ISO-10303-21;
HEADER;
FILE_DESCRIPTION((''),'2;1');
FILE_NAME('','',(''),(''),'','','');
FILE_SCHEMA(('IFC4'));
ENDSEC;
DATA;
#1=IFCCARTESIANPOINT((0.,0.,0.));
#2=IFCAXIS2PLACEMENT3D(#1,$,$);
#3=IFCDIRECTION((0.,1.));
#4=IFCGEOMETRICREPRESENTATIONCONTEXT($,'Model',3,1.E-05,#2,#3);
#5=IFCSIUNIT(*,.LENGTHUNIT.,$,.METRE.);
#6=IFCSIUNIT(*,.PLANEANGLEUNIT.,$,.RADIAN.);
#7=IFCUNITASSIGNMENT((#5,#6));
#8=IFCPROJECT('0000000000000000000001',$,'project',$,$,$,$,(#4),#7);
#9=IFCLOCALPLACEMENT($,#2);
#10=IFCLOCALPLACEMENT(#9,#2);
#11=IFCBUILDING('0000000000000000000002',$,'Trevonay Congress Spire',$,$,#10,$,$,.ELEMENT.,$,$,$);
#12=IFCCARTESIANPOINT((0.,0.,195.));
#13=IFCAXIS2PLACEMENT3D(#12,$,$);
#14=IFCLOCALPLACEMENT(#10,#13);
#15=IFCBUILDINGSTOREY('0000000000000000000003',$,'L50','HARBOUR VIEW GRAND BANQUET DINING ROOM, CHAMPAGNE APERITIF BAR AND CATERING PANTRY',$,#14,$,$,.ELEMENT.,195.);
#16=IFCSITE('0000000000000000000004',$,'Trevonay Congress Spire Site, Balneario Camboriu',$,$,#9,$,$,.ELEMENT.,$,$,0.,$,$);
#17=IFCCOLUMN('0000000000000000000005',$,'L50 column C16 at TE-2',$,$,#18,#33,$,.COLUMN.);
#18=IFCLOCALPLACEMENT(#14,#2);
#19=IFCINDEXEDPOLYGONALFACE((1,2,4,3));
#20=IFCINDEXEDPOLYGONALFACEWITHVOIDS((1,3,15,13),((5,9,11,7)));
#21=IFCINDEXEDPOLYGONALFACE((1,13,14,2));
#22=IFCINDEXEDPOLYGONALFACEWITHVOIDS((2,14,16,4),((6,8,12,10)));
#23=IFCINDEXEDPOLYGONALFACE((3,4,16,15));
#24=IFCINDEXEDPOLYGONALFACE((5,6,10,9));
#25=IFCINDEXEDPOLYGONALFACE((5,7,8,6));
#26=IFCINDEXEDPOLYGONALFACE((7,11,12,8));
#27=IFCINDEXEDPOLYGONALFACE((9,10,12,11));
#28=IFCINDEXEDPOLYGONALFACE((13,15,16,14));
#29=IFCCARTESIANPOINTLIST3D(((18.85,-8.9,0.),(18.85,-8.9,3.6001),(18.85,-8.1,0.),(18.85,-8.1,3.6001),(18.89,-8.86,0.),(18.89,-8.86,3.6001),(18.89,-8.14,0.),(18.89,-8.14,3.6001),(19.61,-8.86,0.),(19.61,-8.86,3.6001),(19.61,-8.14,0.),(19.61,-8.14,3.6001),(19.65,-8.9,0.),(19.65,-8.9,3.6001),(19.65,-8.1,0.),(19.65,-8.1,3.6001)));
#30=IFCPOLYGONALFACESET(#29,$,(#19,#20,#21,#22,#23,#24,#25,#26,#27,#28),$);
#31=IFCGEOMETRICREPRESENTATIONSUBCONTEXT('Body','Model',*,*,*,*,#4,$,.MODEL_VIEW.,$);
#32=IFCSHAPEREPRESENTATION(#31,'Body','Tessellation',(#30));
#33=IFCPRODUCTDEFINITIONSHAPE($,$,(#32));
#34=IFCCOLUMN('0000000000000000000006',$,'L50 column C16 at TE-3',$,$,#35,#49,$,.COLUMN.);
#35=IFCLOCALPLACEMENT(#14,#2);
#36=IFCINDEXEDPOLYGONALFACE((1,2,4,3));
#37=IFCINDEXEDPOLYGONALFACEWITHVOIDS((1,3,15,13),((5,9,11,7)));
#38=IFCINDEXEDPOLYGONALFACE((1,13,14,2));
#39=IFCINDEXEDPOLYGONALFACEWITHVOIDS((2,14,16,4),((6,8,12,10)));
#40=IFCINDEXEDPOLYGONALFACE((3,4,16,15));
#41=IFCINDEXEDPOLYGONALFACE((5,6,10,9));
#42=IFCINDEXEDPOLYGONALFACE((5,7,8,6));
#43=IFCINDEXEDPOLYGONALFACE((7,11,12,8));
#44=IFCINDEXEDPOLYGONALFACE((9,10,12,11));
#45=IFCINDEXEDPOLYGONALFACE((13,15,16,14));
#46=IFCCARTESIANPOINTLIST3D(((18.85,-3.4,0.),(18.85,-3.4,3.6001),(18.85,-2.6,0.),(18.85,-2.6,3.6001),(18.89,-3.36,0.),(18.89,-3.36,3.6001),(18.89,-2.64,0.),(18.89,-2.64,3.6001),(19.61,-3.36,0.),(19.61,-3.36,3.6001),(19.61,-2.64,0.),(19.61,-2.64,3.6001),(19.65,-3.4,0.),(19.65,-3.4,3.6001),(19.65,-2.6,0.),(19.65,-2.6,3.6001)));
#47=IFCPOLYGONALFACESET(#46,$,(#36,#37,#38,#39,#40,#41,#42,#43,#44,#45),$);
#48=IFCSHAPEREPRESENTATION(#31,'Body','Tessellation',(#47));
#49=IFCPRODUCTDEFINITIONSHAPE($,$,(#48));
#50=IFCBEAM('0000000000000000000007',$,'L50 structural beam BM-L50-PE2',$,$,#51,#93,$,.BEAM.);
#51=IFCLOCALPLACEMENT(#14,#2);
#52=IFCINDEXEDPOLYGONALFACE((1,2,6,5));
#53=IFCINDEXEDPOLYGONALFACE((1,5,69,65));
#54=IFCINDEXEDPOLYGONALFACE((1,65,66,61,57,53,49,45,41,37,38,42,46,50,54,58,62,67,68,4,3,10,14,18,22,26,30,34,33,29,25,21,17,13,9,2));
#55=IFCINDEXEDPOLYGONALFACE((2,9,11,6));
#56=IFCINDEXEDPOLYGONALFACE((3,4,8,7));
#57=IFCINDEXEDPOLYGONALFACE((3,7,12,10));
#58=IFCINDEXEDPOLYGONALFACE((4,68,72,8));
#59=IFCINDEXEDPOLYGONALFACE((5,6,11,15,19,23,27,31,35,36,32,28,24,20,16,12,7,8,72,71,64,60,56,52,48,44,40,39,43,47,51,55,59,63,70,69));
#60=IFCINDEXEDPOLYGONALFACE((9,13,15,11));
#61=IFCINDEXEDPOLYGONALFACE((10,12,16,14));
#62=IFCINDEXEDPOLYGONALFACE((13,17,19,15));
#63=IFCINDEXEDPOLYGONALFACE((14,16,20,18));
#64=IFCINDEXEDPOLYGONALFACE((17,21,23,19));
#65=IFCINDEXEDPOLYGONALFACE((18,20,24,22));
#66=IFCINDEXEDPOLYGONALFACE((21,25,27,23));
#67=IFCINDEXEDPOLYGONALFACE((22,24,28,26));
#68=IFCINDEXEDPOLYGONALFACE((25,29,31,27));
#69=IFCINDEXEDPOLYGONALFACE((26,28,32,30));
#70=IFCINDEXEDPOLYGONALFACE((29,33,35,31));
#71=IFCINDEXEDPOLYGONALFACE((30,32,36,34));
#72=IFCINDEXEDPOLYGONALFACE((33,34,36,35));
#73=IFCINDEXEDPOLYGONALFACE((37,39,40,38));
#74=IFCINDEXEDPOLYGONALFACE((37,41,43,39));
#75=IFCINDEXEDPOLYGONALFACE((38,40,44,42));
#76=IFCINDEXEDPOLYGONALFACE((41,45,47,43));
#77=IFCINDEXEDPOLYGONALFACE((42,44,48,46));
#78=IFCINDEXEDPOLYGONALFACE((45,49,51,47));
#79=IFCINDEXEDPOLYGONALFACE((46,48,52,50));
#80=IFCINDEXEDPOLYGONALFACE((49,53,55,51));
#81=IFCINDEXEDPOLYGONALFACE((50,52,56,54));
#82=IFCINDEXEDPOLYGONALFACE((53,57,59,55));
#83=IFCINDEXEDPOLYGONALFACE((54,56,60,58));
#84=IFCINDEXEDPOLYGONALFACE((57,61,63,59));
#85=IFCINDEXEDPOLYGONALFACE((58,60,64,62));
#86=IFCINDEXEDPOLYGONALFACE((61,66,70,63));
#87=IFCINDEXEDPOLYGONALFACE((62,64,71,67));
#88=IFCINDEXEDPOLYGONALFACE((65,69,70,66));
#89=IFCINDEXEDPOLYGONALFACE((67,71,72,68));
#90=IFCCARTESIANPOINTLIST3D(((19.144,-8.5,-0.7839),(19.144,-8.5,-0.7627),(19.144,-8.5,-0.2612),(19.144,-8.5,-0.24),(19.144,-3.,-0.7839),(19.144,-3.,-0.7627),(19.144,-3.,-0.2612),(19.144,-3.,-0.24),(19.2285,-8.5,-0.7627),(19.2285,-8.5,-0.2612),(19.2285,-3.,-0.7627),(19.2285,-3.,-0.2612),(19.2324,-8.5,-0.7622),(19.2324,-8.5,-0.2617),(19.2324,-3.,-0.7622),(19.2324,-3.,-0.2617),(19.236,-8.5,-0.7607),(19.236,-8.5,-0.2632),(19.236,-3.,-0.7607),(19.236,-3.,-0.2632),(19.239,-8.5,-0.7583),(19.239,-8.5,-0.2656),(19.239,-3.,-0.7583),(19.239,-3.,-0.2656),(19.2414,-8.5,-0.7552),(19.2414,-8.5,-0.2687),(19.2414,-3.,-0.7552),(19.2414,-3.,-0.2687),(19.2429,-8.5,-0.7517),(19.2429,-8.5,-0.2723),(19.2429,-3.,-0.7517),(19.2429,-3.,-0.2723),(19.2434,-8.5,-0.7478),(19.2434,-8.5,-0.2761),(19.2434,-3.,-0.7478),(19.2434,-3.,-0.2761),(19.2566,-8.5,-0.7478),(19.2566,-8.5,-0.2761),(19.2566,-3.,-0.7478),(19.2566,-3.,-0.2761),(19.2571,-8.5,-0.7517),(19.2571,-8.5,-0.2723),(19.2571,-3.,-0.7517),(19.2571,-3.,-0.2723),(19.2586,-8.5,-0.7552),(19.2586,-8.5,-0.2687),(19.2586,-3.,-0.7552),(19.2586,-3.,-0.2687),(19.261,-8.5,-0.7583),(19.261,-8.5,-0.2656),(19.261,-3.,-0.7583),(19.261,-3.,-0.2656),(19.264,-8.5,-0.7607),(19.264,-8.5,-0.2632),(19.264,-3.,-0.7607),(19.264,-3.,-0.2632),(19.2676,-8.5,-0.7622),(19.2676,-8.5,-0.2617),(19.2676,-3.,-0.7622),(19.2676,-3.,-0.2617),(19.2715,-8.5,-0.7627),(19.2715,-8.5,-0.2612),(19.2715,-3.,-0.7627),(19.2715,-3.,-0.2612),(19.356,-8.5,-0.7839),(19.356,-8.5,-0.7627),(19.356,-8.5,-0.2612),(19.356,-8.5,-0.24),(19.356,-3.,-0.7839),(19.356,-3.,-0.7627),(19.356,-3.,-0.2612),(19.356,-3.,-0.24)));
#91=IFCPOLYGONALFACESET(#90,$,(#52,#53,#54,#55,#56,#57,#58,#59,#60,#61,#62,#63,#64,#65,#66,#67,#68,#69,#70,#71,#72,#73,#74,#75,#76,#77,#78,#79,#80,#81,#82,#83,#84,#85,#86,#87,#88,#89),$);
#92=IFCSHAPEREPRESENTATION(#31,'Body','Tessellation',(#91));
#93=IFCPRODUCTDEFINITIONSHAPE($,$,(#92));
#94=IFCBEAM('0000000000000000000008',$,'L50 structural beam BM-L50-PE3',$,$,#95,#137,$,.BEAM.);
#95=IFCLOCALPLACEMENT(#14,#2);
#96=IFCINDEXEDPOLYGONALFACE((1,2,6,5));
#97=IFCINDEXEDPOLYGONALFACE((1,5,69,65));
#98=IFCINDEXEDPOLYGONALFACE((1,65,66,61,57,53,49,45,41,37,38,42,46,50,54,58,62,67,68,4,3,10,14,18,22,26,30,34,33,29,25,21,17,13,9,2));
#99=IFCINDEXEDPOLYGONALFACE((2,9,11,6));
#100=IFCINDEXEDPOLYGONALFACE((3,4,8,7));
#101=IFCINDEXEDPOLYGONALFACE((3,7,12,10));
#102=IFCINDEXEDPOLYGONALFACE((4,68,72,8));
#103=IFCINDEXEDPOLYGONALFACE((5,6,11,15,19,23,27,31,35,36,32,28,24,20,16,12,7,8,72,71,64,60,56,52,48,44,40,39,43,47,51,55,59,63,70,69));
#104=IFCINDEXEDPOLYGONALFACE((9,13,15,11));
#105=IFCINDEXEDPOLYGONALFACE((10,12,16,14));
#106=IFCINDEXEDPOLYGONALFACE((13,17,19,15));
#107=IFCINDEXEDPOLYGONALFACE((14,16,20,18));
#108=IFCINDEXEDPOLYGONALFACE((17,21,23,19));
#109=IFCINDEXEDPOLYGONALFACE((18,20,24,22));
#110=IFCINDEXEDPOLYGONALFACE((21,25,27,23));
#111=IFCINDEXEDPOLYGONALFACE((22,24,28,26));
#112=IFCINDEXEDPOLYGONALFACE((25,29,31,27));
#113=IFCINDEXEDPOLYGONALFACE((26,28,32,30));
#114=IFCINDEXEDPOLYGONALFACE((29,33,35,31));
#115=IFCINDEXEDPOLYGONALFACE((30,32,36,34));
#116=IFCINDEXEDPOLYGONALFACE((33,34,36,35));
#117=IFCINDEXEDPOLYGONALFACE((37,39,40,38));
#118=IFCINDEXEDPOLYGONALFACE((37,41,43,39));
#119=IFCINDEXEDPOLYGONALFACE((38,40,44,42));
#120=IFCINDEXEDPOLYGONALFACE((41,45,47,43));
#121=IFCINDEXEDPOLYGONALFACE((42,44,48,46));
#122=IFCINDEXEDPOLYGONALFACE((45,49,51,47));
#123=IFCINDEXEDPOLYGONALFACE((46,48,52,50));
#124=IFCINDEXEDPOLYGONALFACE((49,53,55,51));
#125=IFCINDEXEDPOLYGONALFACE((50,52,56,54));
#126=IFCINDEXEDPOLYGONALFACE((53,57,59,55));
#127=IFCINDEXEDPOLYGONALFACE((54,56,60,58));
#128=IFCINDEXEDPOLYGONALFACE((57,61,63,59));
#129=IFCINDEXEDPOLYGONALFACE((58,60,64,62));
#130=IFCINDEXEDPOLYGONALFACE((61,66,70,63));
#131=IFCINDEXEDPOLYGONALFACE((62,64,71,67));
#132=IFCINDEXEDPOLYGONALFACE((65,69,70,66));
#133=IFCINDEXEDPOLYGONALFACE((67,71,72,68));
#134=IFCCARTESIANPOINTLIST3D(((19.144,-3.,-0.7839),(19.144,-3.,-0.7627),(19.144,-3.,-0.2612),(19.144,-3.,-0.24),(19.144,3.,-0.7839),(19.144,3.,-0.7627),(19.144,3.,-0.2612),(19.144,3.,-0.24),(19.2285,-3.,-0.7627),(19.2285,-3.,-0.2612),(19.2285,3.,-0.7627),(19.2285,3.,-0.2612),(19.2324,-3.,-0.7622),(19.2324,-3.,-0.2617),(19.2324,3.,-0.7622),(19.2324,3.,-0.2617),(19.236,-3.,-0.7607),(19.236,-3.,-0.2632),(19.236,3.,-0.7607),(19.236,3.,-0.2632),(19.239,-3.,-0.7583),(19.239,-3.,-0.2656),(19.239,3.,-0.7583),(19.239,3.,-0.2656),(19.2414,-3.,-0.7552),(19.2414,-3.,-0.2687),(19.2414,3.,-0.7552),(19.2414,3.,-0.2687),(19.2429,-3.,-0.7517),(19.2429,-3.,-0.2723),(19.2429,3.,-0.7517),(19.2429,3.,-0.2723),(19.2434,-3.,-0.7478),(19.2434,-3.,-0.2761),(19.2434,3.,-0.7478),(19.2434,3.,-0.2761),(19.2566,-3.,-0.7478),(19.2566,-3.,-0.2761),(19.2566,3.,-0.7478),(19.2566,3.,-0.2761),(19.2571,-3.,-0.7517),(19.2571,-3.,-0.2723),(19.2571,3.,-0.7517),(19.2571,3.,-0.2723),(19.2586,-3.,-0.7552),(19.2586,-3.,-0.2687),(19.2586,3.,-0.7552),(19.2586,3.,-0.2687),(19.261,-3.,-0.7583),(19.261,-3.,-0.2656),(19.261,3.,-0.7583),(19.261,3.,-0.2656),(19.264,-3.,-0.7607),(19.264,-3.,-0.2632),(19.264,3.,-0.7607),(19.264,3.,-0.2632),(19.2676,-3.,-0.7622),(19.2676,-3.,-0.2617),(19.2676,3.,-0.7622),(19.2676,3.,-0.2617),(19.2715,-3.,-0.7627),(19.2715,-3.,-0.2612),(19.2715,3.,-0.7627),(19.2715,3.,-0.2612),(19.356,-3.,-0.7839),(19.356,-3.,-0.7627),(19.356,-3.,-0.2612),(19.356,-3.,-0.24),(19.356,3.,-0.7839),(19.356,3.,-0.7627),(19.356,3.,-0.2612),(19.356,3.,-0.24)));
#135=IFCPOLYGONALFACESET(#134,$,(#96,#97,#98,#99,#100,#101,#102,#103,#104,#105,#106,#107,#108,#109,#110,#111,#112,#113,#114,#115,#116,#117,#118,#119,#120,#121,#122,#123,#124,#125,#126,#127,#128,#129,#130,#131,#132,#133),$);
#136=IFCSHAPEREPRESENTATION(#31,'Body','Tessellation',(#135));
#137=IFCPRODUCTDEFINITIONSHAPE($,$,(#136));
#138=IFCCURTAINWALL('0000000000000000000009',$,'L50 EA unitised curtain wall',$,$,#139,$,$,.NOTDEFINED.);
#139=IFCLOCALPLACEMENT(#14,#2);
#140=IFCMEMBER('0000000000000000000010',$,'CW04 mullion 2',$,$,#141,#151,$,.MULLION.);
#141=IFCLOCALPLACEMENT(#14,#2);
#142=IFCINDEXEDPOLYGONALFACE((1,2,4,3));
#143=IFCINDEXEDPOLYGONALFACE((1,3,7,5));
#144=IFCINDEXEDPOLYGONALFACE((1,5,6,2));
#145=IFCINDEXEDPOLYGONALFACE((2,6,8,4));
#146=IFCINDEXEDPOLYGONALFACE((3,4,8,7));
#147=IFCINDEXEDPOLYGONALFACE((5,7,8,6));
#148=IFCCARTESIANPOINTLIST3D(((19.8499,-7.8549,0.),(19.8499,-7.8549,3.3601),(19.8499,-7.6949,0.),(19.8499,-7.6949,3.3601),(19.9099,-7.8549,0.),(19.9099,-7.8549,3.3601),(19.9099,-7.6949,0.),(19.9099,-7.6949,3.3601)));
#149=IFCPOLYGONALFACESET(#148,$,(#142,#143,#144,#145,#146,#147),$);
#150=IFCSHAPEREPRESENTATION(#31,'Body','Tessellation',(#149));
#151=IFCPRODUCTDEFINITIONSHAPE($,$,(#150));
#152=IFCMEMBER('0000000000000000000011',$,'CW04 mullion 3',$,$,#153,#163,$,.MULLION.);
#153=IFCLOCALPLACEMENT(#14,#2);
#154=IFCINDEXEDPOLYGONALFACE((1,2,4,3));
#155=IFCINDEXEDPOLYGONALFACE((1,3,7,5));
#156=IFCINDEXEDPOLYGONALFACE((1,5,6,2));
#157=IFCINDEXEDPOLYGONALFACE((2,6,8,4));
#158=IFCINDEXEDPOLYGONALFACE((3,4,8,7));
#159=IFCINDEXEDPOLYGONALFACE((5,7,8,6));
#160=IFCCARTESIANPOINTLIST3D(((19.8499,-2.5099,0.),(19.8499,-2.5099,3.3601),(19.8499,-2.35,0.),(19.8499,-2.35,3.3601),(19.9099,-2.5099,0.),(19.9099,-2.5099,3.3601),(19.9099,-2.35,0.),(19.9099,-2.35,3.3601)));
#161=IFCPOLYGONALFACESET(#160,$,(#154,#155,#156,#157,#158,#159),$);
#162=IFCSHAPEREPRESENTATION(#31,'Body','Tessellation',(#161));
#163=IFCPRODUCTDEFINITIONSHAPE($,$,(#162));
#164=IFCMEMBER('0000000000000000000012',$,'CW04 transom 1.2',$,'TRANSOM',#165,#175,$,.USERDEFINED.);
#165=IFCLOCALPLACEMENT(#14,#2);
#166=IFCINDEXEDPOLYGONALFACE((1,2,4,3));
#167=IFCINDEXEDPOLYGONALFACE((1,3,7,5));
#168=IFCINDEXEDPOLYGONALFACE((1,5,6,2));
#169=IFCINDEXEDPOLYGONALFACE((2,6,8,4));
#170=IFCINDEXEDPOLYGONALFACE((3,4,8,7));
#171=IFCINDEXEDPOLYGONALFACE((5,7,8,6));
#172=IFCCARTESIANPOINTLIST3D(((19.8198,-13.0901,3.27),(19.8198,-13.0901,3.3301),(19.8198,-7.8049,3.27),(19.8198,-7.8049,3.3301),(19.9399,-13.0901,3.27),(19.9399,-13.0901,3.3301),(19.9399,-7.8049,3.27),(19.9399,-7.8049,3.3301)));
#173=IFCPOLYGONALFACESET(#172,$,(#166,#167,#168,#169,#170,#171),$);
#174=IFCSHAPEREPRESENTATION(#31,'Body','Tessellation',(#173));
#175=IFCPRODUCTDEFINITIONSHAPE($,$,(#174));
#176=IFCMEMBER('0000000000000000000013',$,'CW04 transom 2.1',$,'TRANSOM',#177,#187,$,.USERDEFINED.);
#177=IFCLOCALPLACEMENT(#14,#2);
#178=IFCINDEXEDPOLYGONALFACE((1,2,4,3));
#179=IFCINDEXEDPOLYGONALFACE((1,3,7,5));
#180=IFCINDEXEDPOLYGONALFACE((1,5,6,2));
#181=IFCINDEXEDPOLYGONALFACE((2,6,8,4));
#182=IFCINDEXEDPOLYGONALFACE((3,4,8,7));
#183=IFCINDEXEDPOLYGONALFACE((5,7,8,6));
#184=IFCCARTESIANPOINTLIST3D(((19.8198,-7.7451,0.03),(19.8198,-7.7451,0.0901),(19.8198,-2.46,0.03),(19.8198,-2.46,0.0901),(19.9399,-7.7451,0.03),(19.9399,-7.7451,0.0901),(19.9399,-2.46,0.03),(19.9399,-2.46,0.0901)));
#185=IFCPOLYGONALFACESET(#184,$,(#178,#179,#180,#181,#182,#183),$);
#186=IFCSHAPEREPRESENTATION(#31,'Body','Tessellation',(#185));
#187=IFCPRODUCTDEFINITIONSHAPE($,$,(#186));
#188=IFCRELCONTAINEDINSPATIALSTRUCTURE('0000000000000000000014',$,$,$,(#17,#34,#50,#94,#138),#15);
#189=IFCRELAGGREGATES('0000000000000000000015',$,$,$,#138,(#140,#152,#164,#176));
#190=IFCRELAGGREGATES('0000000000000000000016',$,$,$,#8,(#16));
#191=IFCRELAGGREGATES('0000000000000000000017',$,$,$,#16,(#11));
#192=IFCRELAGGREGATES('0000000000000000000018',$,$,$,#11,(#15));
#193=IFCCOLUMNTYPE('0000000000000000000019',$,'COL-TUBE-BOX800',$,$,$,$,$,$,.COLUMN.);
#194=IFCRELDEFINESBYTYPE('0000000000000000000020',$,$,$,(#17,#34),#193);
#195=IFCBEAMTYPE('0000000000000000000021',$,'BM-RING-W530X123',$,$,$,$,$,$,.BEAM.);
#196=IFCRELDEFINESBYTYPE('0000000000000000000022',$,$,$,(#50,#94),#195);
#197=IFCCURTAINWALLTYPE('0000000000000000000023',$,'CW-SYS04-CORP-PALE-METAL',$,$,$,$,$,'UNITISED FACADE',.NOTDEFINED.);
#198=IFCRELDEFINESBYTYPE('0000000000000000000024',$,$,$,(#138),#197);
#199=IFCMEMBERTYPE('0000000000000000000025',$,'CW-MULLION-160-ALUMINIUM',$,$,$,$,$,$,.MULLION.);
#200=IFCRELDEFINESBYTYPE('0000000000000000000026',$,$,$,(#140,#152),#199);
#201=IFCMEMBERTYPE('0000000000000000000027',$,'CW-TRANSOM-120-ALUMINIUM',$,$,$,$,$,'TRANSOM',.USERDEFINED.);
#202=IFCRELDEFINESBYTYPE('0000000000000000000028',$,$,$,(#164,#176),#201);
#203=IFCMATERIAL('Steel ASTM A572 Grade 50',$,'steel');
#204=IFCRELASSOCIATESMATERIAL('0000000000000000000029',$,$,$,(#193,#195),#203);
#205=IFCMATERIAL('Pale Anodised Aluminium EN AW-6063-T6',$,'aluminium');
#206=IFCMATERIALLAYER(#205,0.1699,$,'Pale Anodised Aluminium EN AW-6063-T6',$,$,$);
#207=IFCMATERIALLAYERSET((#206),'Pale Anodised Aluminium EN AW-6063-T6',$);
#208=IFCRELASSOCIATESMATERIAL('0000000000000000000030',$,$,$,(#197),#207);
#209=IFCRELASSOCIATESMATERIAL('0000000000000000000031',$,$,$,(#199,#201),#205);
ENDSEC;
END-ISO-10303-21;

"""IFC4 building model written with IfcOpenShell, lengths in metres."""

from ifc_helpers import new_model, si_unit, direction, frame, origin, origin_2d, place, context, subcontext, project, spatial, rectangle, hollow_rectangle, i_section, extrude, material, layer, layer_set, material_profile, profile_set, type_object, element, aggregate, save


model = new_model("IFC4")

# Units and contexts
model_context = context("Model", 3, precision=1e-05, world=origin(), true_north=direction((0.0, 1.0)))
body_context = subcontext(model_context, "Body", "Model", "MODEL_VIEW")
ifc_project = project(units=[si_unit("LENGTHUNIT", "METRE"), si_unit("PLANEANGLEUNIT", "RADIAN")], contexts=[model_context])

# Site, building, storey
site_placement = place(None, origin())
site = spatial("IfcSite", under=ifc_project, at=site_placement, Name="Trevonay Congress Spire Site, Balneario Camboriu", CompositionType="ELEMENT", RefElevation=0.0)
building_placement = place(site_placement, origin())
building = spatial("IfcBuilding", under=site, at=building_placement, Name="Trevonay Congress Spire", CompositionType="ELEMENT")
storey_placement = place(building_placement, frame((0.0, 0.0, 195.0)))
storey = spatial("IfcBuildingStorey", under=building, at=storey_placement, Name="L50", Description="HARBOUR VIEW GRAND BANQUET DINING ROOM, CHAMPAGNE APERITIF BAR AND CATERING PANTRY", CompositionType="ELEMENT", Elevation=195.0)

# Columns
ifc_material_1 = material(Name="Steel ASTM A572 Grade 50", Category="steel")
ifc_material_profile_1 = material_profile(ifc_material_1, hollow_rectangle(XDim=0.8, YDim=0.8, WallThickness=0.04, at=origin_2d()), Name="BOX 800x800x40")
ifc_profile_set_1 = profile_set([ifc_material_profile_1], Name="Steel ASTM A572 Grade 50")
column_type = type_object("IfcColumnType", Name="COL-TUBE-BOX800", PredefinedType="COLUMN", material=ifc_profile_set_1)
for number, where, z_axis, x_axis, name in (
    (1, (19.25, -8.5, 0.0), (0.0, 0.0, 1.0), (1.0, 0.0, 0.0), "L50 column C16 at TE-2"),
    (2, (19.25, -3.0, 0.0), (0.0, 0.0, 1.0), (1.0, 0.0, 0.0), "L50 column C16 at TE-3"),
):
    element("IfcColumn", number, at=place(storey_placement, frame(where, z_axis=z_axis, x_axis=x_axis)), inside=storey, type_object=column_type, Name=name, PredefinedType="COLUMN", context=body_context, shape_type="SweptSolid", body=[
        extrude(hollow_rectangle(XDim=0.8, YDim=0.8, WallThickness=0.04, at=origin_2d()), origin(), (0.0, 0.0, 1.0), 3.6001),
    ])

# Beams
ifc_material_profile_2 = material_profile(ifc_material_1, i_section(OverallWidth=0.2119, OverallDepth=0.5439, WebThickness=0.0132, FlangeThickness=0.0212, FilletRadius=0.0149, at=origin_2d()), Name="W530x123")
ifc_profile_set_2 = profile_set([ifc_material_profile_2], Name="Steel ASTM A572 Grade 50")
beam_type = type_object("IfcBeamType", Name="BM-RING-W530X123", PredefinedType="BEAM", material=ifc_profile_set_2)
beam_1_placement = place(storey_placement, frame((19.25, -8.5, -0.512), z_axis=(0.0, 1.0, 0.0), x_axis=(-1.0, 0.0, 0.0)))
element("IfcBeam", 3, at=beam_1_placement, inside=storey, type_object=beam_type, Name="L50 structural beam BM-L50-PE2", PredefinedType="BEAM", context=body_context, shape_type="SweptSolid", body=[
    extrude(i_section(OverallWidth=0.2119, OverallDepth=0.5439, WebThickness=0.0132, FlangeThickness=0.0212, FilletRadius=0.0149, at=origin_2d()), origin(), (0.0, 0.0, 1.0), 5.5),
])
beam_2_placement = place(storey_placement, frame((19.25, -3.0, -0.512), z_axis=(0.0, 1.0, 0.0), x_axis=(-1.0, 0.0, 0.0)))
element("IfcBeam", 4, at=beam_2_placement, inside=storey, type_object=beam_type, Name="L50 structural beam BM-L50-PE3", PredefinedType="BEAM", context=body_context, shape_type="SweptSolid", body=[
    extrude(i_section(OverallWidth=0.2119, OverallDepth=0.5439, WebThickness=0.0132, FlangeThickness=0.0212, FilletRadius=0.0149, at=origin_2d()), origin(), (0.0, 0.0, 1.0), 6.0),
])

# Curtain wall, members
ifc_material_2 = material(Name="Pale Anodised Aluminium EN AW-6063-T6", Category="aluminium")
ifc_layer_1 = layer(ifc_material_2, 0.1699, Name="Pale Anodised Aluminium EN AW-6063-T6")
ifc_layer_set_1 = layer_set([ifc_layer_1], Name="Pale Anodised Aluminium EN AW-6063-T6")
curtain_wall_type = type_object("IfcCurtainWallType", Name="CW-SYS04-CORP-PALE-METAL", ElementType="UNITISED FACADE", PredefinedType="NOTDEFINED", material=ifc_layer_set_1)
curtain_wall_placement = place(storey_placement, origin())
curtain_wall = element("IfcCurtainWall", 5, at=curtain_wall_placement, inside=storey, type_object=curtain_wall_type, Name="L50 EA unitised curtain wall", PredefinedType="NOTDEFINED")
ifc_material_profile_3 = material_profile(ifc_material_2, rectangle(XDim=0.0601, YDim=0.1599, at=origin_2d()), Name="CW-MULLION-160-ALUMINIUM")
ifc_profile_set_3 = profile_set([ifc_material_profile_3], Name="Pale Anodised Aluminium EN AW-6063-T6")
member_type_1 = type_object("IfcMemberType", Name="CW-MULLION-160-ALUMINIUM", PredefinedType="MULLION", material=ifc_profile_set_3)
member_1_placement = place(storey_placement, frame((19.8799, -7.7749, 0.0), z_axis=(0.0, 0.0, 1.0), x_axis=(-1.0, 0.0, 0.0)))
member_1 = element("IfcMember", 6, at=member_1_placement, type_object=member_type_1, Name="CW04 mullion 2", PredefinedType="MULLION", context=body_context, shape_type="SweptSolid", body=[
    extrude(rectangle(XDim=0.0601, YDim=0.1599, at=origin_2d()), origin(), (0.0, 0.0, 1.0), 3.3601),
])
member_2_placement = place(storey_placement, frame((19.8799, -2.4299, 0.0), z_axis=(0.0, 0.0, 1.0), x_axis=(-1.0, 0.0, 0.0)))
member_2 = element("IfcMember", 7, at=member_2_placement, type_object=member_type_1, Name="CW04 mullion 3", PredefinedType="MULLION", context=body_context, shape_type="SweptSolid", body=[
    extrude(rectangle(XDim=0.0601, YDim=0.1599, at=origin_2d()), origin(), (0.0, 0.0, 1.0), 3.3601),
])
ifc_material_profile_4 = material_profile(ifc_material_2, rectangle(XDim=0.1201, YDim=0.0601, at=origin_2d()), Name="CW-TRANSOM-120-ALUMINIUM")
ifc_profile_set_4 = profile_set([ifc_material_profile_4], Name="Pale Anodised Aluminium EN AW-6063-T6")
member_type_2 = type_object("IfcMemberType", Name="CW-TRANSOM-120-ALUMINIUM", ElementType="TRANSOM", PredefinedType="USERDEFINED", material=ifc_profile_set_4)
member_3_placement = place(storey_placement, frame((19.8799, -13.0901, 3.3), z_axis=(0.0, 1.0, 0.0), x_axis=(-1.0, 0.0, 0.0)))
member_3 = element("IfcMember", 8, at=member_3_placement, type_object=member_type_2, Name="CW04 transom 1.2", ObjectType="TRANSOM", PredefinedType="USERDEFINED", context=body_context, shape_type="SweptSolid", body=[
    extrude(rectangle(XDim=0.1201, YDim=0.0601, at=origin_2d()), origin(), (0.0, 0.0, 1.0), 5.2852),
])
member_4_placement = place(storey_placement, frame((19.8799, -7.7451, 0.0601), z_axis=(0.0, 1.0, 0.0), x_axis=(-1.0, 0.0, 0.0)))
member_4 = element("IfcMember", 9, at=member_4_placement, type_object=member_type_2, Name="CW04 transom 2.1", ObjectType="TRANSOM", PredefinedType="USERDEFINED", context=body_context, shape_type="SweptSolid", body=[
    extrude(rectangle(XDim=0.1201, YDim=0.0601, at=origin_2d()), origin(), (0.0, 0.0, 1.0), 5.2852),
])
aggregate(curtain_wall, [member_1, member_2, member_3, member_4])

save(model, "model.ifc")
